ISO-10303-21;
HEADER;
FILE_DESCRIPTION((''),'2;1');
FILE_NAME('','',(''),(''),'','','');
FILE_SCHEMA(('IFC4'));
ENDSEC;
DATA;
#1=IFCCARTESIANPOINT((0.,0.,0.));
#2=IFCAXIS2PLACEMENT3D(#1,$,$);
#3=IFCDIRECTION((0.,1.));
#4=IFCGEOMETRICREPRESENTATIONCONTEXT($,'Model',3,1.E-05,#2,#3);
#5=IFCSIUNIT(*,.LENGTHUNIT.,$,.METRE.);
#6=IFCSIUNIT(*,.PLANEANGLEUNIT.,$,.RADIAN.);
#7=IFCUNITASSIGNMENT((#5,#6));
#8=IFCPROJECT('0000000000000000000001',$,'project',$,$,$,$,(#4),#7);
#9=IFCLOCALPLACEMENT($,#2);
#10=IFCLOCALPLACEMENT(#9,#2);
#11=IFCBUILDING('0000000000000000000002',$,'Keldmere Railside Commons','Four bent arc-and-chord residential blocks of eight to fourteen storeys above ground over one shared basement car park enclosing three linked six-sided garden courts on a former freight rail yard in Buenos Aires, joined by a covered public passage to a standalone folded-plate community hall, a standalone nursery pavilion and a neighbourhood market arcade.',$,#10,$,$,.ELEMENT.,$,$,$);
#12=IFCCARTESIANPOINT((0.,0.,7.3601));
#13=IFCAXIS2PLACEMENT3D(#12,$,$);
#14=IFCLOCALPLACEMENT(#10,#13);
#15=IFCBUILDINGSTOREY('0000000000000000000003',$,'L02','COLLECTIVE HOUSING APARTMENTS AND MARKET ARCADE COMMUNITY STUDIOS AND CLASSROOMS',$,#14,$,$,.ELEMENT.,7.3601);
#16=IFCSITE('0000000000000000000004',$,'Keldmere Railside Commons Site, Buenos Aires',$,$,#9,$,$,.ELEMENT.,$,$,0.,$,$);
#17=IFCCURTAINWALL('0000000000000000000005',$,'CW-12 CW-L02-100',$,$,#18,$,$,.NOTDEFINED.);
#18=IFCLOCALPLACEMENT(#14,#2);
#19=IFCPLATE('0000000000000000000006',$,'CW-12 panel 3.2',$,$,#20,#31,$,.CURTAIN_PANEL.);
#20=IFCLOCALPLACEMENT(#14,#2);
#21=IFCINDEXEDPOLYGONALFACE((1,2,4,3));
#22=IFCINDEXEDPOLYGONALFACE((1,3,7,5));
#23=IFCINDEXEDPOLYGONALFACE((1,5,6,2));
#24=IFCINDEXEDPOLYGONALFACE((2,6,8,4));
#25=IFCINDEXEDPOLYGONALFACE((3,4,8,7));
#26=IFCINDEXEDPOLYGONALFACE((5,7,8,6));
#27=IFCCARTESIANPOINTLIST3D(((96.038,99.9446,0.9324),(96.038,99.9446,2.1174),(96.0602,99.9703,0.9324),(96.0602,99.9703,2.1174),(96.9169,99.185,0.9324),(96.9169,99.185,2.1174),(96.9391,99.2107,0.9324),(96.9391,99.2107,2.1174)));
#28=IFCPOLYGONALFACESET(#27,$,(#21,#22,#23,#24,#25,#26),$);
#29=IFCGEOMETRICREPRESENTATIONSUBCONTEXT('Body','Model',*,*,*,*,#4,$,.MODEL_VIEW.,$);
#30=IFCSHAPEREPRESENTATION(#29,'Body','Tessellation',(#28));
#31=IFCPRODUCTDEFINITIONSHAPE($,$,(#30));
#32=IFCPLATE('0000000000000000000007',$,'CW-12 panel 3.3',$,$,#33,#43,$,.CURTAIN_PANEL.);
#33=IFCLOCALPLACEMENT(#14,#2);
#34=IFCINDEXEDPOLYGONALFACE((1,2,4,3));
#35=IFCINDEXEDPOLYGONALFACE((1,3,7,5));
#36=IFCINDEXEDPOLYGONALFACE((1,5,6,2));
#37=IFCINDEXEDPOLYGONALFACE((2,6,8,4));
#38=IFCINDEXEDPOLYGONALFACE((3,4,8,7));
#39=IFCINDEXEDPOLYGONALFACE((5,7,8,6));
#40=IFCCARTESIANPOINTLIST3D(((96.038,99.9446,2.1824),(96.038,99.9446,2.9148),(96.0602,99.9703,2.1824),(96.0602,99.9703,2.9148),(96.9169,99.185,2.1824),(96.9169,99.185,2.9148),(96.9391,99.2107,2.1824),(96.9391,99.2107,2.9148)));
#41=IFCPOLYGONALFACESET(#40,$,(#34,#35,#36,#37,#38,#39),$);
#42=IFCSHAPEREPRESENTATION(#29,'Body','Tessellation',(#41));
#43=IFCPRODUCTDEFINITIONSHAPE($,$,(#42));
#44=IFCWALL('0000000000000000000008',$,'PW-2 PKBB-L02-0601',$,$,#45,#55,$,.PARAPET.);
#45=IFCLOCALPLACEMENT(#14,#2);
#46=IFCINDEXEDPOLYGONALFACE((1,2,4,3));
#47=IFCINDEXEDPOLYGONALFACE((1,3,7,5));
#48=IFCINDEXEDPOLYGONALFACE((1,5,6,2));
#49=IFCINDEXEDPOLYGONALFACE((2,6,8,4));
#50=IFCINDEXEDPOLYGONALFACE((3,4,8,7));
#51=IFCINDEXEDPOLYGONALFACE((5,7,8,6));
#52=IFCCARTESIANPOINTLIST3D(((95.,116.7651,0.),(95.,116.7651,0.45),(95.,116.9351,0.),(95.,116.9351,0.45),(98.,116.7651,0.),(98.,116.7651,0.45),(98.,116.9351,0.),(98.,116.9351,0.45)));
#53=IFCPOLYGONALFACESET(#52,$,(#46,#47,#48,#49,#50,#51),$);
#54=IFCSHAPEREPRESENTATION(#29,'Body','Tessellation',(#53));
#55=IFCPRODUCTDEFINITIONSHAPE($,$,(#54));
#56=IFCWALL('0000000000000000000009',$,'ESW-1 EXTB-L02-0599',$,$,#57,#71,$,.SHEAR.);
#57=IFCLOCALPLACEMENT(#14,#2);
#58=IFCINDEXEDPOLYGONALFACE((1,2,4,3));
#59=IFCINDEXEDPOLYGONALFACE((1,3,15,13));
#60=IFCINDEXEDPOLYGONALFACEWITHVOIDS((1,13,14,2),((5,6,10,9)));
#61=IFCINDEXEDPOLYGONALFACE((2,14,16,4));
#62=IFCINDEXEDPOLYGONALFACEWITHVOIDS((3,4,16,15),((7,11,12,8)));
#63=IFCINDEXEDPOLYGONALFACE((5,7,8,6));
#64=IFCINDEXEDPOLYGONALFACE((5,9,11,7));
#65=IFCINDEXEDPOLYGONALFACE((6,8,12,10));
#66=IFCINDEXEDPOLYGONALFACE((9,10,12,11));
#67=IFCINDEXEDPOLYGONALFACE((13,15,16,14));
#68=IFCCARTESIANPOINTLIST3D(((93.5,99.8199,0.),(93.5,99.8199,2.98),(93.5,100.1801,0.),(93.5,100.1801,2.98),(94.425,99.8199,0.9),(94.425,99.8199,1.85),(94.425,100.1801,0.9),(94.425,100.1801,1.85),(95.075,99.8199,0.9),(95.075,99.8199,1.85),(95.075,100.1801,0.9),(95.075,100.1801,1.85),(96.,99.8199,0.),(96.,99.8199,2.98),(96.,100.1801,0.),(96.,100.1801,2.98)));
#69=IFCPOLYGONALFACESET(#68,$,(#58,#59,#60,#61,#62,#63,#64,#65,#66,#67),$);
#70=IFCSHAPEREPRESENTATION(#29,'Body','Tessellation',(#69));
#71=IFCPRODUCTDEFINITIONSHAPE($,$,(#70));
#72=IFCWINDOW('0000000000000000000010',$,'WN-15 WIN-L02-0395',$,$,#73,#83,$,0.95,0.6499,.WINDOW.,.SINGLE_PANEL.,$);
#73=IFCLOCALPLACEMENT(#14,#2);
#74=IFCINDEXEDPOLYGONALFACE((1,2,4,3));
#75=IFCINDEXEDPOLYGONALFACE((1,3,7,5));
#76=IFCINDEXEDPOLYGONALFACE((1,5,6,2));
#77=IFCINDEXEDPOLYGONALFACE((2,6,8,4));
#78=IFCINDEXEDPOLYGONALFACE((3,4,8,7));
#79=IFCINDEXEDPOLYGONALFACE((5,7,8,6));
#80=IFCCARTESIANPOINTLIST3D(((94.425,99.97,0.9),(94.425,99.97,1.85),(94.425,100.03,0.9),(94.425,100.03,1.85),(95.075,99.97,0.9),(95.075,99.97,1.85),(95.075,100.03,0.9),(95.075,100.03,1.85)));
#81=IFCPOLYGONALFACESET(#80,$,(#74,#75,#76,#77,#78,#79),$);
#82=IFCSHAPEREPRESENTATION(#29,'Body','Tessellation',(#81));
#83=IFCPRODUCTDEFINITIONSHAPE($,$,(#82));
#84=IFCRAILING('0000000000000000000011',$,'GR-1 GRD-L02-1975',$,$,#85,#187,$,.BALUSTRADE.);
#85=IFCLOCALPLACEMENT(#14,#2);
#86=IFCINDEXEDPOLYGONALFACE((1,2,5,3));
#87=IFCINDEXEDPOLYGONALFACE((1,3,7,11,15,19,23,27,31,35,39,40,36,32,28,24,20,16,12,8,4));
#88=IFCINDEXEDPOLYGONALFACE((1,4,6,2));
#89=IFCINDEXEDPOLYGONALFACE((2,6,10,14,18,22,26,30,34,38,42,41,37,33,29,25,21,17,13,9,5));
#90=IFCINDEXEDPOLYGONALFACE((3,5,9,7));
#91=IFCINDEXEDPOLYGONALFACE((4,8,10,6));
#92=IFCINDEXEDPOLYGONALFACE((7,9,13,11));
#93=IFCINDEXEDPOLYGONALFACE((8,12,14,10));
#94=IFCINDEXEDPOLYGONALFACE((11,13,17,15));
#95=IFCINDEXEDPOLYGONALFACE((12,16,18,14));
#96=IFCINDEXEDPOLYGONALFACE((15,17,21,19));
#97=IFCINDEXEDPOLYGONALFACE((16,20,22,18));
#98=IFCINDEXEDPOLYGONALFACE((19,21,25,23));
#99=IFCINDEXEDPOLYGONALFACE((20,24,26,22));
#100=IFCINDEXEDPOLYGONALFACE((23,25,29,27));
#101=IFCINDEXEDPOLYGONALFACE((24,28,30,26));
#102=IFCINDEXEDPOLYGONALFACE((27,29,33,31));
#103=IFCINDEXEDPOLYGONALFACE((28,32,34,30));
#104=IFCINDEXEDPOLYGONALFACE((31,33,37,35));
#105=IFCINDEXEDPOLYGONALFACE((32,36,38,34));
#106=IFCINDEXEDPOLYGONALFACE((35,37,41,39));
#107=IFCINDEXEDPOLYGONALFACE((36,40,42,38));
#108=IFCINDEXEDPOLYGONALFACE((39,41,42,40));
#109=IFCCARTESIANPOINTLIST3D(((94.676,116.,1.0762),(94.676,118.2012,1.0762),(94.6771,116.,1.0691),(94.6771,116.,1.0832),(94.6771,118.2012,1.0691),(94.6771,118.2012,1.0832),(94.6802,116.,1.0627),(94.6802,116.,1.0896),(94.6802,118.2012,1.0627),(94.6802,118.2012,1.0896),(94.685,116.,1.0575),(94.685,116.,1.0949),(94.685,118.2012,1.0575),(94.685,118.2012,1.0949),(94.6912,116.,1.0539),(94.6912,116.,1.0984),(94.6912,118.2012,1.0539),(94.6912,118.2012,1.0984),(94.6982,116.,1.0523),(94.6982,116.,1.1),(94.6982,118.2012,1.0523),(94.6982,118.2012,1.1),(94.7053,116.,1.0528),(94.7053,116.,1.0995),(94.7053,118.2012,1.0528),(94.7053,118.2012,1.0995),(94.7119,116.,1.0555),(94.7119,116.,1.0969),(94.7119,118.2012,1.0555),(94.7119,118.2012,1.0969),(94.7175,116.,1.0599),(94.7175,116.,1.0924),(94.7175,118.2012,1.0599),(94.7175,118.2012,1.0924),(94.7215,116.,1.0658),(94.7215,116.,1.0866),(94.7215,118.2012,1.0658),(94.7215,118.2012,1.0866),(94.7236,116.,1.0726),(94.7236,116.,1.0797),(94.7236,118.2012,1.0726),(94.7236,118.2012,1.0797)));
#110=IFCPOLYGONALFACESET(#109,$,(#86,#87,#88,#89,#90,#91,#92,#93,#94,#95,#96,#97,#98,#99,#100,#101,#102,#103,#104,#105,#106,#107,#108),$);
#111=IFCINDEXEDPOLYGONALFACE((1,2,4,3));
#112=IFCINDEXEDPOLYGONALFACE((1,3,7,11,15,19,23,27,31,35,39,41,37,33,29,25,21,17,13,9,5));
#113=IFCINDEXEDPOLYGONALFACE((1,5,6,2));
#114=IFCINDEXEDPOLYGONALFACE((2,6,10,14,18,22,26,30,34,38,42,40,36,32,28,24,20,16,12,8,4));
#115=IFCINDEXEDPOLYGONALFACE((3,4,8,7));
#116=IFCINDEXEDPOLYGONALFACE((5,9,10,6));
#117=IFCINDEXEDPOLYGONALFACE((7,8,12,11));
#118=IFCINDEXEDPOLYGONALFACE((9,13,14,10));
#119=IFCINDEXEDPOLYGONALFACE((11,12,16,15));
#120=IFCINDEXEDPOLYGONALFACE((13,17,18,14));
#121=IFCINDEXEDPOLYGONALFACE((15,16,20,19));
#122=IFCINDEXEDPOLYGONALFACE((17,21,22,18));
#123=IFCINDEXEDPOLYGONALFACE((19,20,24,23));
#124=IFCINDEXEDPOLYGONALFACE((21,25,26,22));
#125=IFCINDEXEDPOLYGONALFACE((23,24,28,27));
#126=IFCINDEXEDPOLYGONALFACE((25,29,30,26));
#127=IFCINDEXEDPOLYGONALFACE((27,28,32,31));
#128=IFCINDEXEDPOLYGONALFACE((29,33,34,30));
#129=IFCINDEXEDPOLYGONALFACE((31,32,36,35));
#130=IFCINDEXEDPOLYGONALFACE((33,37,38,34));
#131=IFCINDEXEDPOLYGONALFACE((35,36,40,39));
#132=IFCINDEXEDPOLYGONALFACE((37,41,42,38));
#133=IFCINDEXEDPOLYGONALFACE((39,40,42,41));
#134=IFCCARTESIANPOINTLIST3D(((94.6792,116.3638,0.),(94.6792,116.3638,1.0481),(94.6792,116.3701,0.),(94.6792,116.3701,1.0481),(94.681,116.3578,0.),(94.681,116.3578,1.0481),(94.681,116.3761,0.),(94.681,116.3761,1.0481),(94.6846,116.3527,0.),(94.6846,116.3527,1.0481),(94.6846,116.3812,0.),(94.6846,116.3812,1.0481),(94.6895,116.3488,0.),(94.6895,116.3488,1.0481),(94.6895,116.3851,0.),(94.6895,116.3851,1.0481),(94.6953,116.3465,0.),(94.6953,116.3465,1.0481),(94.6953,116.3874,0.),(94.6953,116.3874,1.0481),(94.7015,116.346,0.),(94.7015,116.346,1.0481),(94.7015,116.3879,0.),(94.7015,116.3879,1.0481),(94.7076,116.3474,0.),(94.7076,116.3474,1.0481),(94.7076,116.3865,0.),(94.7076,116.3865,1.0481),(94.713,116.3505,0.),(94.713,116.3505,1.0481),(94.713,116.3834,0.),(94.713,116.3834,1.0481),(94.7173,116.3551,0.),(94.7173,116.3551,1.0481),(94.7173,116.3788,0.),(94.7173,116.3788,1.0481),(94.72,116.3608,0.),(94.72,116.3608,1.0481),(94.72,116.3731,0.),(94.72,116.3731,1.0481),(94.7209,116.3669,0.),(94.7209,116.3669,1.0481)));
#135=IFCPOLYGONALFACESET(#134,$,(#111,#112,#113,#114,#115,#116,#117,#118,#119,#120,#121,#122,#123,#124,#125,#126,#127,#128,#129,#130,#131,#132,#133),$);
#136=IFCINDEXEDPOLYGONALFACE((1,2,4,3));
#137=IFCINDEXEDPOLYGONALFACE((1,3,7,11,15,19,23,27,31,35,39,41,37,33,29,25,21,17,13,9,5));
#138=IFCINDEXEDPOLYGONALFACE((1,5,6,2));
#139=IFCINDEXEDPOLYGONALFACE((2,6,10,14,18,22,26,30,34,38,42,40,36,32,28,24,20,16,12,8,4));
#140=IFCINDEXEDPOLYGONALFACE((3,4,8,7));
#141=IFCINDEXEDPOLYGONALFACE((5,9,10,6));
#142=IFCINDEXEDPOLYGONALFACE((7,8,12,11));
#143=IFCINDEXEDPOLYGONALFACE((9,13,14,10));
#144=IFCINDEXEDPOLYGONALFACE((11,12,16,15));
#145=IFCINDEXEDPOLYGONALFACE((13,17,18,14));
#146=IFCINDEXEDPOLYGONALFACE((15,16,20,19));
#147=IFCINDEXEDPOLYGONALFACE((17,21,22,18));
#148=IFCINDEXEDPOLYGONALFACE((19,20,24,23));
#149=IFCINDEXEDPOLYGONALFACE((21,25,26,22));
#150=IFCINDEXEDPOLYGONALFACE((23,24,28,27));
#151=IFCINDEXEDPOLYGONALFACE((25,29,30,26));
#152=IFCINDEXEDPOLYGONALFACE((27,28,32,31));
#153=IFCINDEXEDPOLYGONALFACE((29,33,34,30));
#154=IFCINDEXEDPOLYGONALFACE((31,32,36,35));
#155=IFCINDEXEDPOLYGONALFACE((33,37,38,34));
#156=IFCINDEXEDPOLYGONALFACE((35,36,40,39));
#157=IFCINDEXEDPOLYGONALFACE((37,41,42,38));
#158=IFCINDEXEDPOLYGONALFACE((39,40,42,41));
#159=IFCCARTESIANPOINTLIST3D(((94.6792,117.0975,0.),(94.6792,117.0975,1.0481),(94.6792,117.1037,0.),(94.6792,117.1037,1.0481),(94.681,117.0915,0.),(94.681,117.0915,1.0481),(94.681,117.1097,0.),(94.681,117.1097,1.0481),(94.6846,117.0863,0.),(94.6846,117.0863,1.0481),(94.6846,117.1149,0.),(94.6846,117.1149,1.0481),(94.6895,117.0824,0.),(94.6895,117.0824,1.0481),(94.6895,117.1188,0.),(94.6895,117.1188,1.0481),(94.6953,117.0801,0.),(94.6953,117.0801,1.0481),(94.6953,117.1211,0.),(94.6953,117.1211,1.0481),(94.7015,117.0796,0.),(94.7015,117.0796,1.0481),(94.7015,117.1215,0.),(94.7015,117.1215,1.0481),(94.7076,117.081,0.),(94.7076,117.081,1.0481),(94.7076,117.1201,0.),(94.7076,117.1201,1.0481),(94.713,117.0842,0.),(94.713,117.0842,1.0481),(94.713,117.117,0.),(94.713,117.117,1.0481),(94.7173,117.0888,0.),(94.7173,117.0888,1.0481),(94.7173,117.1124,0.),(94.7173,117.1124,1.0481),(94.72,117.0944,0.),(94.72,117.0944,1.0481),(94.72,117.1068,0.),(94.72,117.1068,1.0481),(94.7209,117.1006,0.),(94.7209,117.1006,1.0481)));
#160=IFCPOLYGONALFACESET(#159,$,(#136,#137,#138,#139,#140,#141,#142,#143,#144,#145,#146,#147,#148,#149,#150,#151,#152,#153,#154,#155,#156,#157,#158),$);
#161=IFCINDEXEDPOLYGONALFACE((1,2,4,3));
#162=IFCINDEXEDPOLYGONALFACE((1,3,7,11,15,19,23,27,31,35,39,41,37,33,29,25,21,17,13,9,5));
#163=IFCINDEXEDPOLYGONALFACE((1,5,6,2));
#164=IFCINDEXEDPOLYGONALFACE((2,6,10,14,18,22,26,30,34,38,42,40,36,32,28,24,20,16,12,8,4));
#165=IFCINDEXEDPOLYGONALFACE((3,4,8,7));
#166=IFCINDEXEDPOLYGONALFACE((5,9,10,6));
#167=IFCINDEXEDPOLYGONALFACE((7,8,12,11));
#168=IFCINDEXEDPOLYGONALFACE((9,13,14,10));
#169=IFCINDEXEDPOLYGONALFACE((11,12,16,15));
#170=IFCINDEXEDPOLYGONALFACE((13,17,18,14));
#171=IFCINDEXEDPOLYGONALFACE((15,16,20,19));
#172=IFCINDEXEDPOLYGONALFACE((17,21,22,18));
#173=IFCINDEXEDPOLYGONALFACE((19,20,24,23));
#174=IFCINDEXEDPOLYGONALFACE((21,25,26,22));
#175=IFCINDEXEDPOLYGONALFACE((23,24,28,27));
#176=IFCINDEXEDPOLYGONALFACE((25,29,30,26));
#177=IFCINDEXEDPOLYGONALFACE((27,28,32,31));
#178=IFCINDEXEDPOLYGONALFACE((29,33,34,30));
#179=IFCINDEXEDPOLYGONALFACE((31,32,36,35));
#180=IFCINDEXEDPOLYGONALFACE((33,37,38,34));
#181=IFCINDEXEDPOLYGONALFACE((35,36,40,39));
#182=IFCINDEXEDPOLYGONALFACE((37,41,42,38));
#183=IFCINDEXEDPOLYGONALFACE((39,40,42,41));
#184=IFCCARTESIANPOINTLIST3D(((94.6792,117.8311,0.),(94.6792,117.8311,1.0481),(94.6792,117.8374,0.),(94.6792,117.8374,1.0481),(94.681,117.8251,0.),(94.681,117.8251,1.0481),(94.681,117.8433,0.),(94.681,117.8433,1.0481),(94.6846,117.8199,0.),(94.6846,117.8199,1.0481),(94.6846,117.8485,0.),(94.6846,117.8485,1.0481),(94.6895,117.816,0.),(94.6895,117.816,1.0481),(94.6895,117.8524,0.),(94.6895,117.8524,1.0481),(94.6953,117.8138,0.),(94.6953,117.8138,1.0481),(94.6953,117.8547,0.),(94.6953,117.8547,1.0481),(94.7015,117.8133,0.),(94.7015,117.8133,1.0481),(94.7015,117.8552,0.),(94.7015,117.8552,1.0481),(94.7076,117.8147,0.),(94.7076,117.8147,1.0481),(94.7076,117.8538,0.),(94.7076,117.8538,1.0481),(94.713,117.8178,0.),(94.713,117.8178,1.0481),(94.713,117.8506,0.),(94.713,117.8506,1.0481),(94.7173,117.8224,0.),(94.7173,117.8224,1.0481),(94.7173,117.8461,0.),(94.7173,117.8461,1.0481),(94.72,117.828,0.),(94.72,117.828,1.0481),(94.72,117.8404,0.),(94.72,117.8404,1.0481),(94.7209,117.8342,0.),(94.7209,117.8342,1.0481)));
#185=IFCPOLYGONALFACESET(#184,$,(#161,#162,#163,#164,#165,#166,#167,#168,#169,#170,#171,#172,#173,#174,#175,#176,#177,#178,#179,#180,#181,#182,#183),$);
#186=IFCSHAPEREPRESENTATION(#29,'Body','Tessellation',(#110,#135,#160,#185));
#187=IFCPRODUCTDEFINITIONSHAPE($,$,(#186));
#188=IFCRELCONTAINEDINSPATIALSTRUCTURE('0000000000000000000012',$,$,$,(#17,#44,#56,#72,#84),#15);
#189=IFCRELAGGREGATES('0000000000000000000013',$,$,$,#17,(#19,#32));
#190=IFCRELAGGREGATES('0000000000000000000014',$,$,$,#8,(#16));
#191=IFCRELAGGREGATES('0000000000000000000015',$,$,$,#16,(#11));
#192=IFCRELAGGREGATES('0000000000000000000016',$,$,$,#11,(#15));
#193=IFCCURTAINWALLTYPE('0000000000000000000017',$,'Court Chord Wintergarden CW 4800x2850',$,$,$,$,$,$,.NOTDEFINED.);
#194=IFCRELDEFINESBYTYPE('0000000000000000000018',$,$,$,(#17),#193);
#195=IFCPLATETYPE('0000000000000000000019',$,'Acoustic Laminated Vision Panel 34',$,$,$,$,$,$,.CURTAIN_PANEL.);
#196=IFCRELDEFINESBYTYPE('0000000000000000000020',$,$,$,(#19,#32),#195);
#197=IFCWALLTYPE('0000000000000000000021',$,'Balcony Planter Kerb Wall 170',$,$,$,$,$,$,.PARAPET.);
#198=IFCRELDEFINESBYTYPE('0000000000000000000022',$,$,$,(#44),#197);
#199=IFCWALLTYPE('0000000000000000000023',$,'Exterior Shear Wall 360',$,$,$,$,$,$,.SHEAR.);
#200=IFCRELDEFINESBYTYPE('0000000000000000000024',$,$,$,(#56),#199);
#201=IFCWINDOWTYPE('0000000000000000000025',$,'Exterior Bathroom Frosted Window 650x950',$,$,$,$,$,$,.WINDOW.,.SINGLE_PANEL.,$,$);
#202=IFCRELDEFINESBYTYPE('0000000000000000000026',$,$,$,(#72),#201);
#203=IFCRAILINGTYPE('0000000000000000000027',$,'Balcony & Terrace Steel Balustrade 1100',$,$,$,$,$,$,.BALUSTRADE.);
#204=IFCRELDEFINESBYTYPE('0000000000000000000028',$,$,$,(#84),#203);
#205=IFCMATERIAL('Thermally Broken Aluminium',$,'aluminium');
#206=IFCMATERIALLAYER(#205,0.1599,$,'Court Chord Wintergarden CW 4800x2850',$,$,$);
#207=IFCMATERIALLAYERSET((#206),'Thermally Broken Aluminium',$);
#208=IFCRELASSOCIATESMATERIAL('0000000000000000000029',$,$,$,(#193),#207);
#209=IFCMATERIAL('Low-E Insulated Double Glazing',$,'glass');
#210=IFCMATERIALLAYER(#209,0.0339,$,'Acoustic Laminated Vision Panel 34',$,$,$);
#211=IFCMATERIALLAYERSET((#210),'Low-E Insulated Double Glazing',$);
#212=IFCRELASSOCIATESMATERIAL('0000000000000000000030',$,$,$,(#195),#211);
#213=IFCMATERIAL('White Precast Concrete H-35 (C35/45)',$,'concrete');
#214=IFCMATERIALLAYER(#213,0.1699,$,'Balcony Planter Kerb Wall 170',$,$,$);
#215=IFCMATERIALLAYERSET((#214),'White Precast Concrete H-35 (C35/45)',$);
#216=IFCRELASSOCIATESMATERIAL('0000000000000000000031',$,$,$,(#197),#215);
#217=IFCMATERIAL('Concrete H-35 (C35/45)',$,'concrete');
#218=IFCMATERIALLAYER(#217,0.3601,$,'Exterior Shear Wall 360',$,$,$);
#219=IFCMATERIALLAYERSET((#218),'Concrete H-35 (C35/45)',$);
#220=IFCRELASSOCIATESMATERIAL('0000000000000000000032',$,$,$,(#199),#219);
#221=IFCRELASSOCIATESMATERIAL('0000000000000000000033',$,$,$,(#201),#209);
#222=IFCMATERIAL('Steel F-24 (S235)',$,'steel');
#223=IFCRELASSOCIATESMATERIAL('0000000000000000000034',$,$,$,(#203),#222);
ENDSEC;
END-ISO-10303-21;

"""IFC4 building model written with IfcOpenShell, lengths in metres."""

from ifc_helpers import new_model, si_unit, direction, frame, frame_2d, origin, origin_2d, place, context, subcontext, project, spatial, rectangle, circle, extrude, material, layer, layer_set, type_object, element, fill, aggregate, save


model = new_model("IFC4")

# Units and contexts
model_context = context("Model", 3, precision=1e-05, world=origin(), true_north=direction((0.0, 1.0)))
body_context = subcontext(model_context, "Body", "Model", "MODEL_VIEW")
ifc_project = project(units=[si_unit("LENGTHUNIT", "METRE"), si_unit("PLANEANGLEUNIT", "RADIAN")], contexts=[model_context])

# Site, building, storey
site_placement = place(None, origin())
site = spatial("IfcSite", under=ifc_project, at=site_placement, Name="Keldmere Railside Commons Site, Buenos Aires", CompositionType="ELEMENT", RefElevation=0.0)
building_placement = place(site_placement, origin())
building = spatial("IfcBuilding", under=site, at=building_placement, Name="Keldmere Railside Commons", Description="Four bent arc-and-chord residential blocks of eight to fourteen storeys above ground over one shared basement car park enclosing three linked six-sided garden courts on a former freight rail yard in Buenos Aires, joined by a covered public passage to a standalone folded-plate community hall, a standalone nursery pavilion and a neighbourhood market arcade.", CompositionType="ELEMENT")
storey_placement = place(building_placement, frame((0.0, 0.0, 7.3601)))
storey = spatial("IfcBuildingStorey", under=building, at=storey_placement, Name="L02", Description="COLLECTIVE HOUSING APARTMENTS AND MARKET ARCADE COMMUNITY STUDIOS AND CLASSROOMS", CompositionType="ELEMENT", Elevation=7.3601)

# Curtain wall, plates
ifc_material_1 = material(Name="Thermally Broken Aluminium", Category="aluminium")
ifc_layer_1 = layer(ifc_material_1, 0.1599, Name="Court Chord Wintergarden CW 4800x2850")
ifc_layer_set_1 = layer_set([ifc_layer_1], Name="Thermally Broken Aluminium")
curtain_wall_type = type_object("IfcCurtainWallType", Name="Court Chord Wintergarden CW 4800x2850", PredefinedType="NOTDEFINED", material=ifc_layer_set_1)
curtain_wall_placement = place(storey_placement, origin())
curtain_wall = element("IfcCurtainWall", 1, at=curtain_wall_placement, inside=storey, type_object=curtain_wall_type, Name="CW-12 CW-L02-100", PredefinedType="NOTDEFINED")
ifc_material_2 = material(Name="Low-E Insulated Double Glazing", Category="glass")
ifc_layer_2 = layer(ifc_material_2, 0.0339, Name="Acoustic Laminated Vision Panel 34")
ifc_layer_set_2 = layer_set([ifc_layer_2], Name="Low-E Insulated Double Glazing")
plate_type = type_object("IfcPlateType", Name="Acoustic Laminated Vision Panel 34", PredefinedType="CURTAIN_PANEL", material=ifc_layer_set_2)
plate_1_placement = place(storey_placement, frame((96.4885, 99.5776, 0.9324), z_axis=(0.0, 0.0, 1.0), x_axis=(-0.756597, 0.653882, 0.0)))
plate_1 = element("IfcPlate", 2, at=plate_1_placement, type_object=plate_type, Name="CW-12 panel 3.2", PredefinedType="CURTAIN_PANEL", context=body_context, shape_type="SweptSolid", body=[
    extrude(rectangle(XDim=1.1616, YDim=0.0339, at=origin_2d()), origin(), (0.0, 0.0, 1.0), 1.1851),
])
plate_2_placement = place(storey_placement, frame((96.4885, 99.5776, 2.1824), z_axis=(0.0, 0.0, 1.0), x_axis=(-0.756597, 0.653882, 0.0)))
plate_2 = element("IfcPlate", 3, at=plate_2_placement, type_object=plate_type, Name="CW-12 panel 3.3", PredefinedType="CURTAIN_PANEL", context=body_context, shape_type="SweptSolid", body=[
    extrude(rectangle(XDim=1.1616, YDim=0.0339, at=origin_2d()), origin(), (0.0, 0.0, 1.0), 0.7324),
])
aggregate(curtain_wall, [plate_1, plate_2])

# Wall
ifc_material_3 = material(Name="White Precast Concrete H-35 (C35/45)", Category="concrete")
ifc_layer_3 = layer(ifc_material_3, 0.1699, Name="Balcony Planter Kerb Wall 170")
ifc_layer_set_3 = layer_set([ifc_layer_3], Name="White Precast Concrete H-35 (C35/45)")
wall_type_1 = type_object("IfcWallType", Name="Balcony Planter Kerb Wall 170", PredefinedType="PARAPET", material=ifc_layer_set_3)
wall_1_placement = place(storey_placement, frame((95.0, 116.8501, 0.0), z_axis=(0.0, 0.0, 1.0), x_axis=(1.0, 0.0, 0.0)))
element("IfcWall", 4, at=wall_1_placement, inside=storey, type_object=wall_type_1, Name="PW-2 PKBB-L02-0601", PredefinedType="PARAPET", context=body_context, shape_type="SweptSolid", body=[
    extrude(rectangle(XDim=3.0, YDim=0.1699, at=frame_2d((1.5, 0.0))), origin(), (0.0, 0.0, 1.0), 0.45),
])

# Wall, opening, window
ifc_material_4 = material(Name="Concrete H-35 (C35/45)", Category="concrete")
ifc_layer_4 = layer(ifc_material_4, 0.3601, Name="Exterior Shear Wall 360")
ifc_layer_set_4 = layer_set([ifc_layer_4], Name="Concrete H-35 (C35/45)")
wall_type_2 = type_object("IfcWallType", Name="Exterior Shear Wall 360", PredefinedType="SHEAR", material=ifc_layer_set_4)
wall_2_placement = place(storey_placement, frame((96.0, 100.0, 0.0), z_axis=(0.0, 0.0, 1.0), x_axis=(-1.0, 0.0, 0.0)))
wall_2 = element("IfcWall", 5, at=wall_2_placement, inside=storey, type_object=wall_type_2, Name="ESW-1 EXTB-L02-0599", PredefinedType="SHEAR", context=body_context, shape_type="SweptSolid", body=[
    extrude(rectangle(XDim=2.5, YDim=0.3601, at=frame_2d((1.25, 0.0))), origin(), (0.0, 0.0, 1.0), 2.98),
])
opening_placement = place(wall_2_placement, frame((0.925, 0.0, 0.8999)))
opening = element("IfcOpeningElement", 6, at=opening_placement, cuts=wall_2, PredefinedType="OPENING", context=body_context, shape_type="SweptSolid", body=[
    extrude(rectangle(XDim=0.6499, YDim=0.95, at=frame_2d((0.325, 0.4751))), frame((0.0, 0.1899, 0.0), z_axis=(0.0, -1.0, 0.0), x_axis=(1.0, 0.0, 0.0)), (0.0, 0.0, 1.0), 0.3801),
])
window_type = type_object("IfcWindowType", Name="Exterior Bathroom Frosted Window 650x950", PartitioningType="SINGLE_PANEL", PredefinedType="WINDOW", material=ifc_material_2)
window_placement = place(opening_placement, origin())
window = element("IfcWindow", 7, at=window_placement, inside=storey, type_object=window_type, Name="WN-15 WIN-L02-0395", OverallHeight=0.95, OverallWidth=0.6499, PartitioningType="SINGLE_PANEL", PredefinedType="WINDOW", context=body_context, shape_type="SweptSolid", body=[
    extrude(rectangle(XDim=0.6499, YDim=0.95, at=frame_2d((0.325, 0.4751))), frame((0.0, 0.03, 0.0), z_axis=(0.0, -1.0, 0.0), x_axis=(1.0, 0.0, 0.0)), (0.0, 0.0, 1.0), 0.0601),
])
fill(opening, window)

# Railing
ifc_material_5 = material(Name="Steel F-24 (S235)", Category="steel")
railing_type = type_object("IfcRailingType", Name="Balcony & Terrace Steel Balustrade 1100", PredefinedType="BALUSTRADE", material=ifc_material_5)
railing_1_placement = place(storey_placement, frame((94.7, 116.0, 0.0)))
element("IfcRailing", 8, at=railing_1_placement, inside=storey, type_object=railing_type, Name="GR-1 GRD-L02-1975", PredefinedType="BALUSTRADE", context=body_context, shape_type="SweptSolid", body=[
    extrude(circle(Radius=0.0239, at=origin_2d()), frame((0.0, 0.0, 1.0762), z_axis=(0.0, 1.0, 0.0), x_axis=(-1.0, 0.0, 0.0)), (0.0, 0.0, 1.0), 2.2012),
    extrude(circle(Radius=0.021, at=origin_2d()), frame((0.0, 0.3669, 0.0)), (0.0, 0.0, 1.0), 1.0481),
    extrude(circle(Radius=0.021, at=origin_2d()), frame((0.0, 1.1006, 0.0)), (0.0, 0.0, 1.0), 1.0481),
    extrude(circle(Radius=0.021, at=origin_2d()), frame((0.0, 1.8342, 0.0)), (0.0, 0.0, 1.0), 1.0481),
])

save(model, "model.ifc")
